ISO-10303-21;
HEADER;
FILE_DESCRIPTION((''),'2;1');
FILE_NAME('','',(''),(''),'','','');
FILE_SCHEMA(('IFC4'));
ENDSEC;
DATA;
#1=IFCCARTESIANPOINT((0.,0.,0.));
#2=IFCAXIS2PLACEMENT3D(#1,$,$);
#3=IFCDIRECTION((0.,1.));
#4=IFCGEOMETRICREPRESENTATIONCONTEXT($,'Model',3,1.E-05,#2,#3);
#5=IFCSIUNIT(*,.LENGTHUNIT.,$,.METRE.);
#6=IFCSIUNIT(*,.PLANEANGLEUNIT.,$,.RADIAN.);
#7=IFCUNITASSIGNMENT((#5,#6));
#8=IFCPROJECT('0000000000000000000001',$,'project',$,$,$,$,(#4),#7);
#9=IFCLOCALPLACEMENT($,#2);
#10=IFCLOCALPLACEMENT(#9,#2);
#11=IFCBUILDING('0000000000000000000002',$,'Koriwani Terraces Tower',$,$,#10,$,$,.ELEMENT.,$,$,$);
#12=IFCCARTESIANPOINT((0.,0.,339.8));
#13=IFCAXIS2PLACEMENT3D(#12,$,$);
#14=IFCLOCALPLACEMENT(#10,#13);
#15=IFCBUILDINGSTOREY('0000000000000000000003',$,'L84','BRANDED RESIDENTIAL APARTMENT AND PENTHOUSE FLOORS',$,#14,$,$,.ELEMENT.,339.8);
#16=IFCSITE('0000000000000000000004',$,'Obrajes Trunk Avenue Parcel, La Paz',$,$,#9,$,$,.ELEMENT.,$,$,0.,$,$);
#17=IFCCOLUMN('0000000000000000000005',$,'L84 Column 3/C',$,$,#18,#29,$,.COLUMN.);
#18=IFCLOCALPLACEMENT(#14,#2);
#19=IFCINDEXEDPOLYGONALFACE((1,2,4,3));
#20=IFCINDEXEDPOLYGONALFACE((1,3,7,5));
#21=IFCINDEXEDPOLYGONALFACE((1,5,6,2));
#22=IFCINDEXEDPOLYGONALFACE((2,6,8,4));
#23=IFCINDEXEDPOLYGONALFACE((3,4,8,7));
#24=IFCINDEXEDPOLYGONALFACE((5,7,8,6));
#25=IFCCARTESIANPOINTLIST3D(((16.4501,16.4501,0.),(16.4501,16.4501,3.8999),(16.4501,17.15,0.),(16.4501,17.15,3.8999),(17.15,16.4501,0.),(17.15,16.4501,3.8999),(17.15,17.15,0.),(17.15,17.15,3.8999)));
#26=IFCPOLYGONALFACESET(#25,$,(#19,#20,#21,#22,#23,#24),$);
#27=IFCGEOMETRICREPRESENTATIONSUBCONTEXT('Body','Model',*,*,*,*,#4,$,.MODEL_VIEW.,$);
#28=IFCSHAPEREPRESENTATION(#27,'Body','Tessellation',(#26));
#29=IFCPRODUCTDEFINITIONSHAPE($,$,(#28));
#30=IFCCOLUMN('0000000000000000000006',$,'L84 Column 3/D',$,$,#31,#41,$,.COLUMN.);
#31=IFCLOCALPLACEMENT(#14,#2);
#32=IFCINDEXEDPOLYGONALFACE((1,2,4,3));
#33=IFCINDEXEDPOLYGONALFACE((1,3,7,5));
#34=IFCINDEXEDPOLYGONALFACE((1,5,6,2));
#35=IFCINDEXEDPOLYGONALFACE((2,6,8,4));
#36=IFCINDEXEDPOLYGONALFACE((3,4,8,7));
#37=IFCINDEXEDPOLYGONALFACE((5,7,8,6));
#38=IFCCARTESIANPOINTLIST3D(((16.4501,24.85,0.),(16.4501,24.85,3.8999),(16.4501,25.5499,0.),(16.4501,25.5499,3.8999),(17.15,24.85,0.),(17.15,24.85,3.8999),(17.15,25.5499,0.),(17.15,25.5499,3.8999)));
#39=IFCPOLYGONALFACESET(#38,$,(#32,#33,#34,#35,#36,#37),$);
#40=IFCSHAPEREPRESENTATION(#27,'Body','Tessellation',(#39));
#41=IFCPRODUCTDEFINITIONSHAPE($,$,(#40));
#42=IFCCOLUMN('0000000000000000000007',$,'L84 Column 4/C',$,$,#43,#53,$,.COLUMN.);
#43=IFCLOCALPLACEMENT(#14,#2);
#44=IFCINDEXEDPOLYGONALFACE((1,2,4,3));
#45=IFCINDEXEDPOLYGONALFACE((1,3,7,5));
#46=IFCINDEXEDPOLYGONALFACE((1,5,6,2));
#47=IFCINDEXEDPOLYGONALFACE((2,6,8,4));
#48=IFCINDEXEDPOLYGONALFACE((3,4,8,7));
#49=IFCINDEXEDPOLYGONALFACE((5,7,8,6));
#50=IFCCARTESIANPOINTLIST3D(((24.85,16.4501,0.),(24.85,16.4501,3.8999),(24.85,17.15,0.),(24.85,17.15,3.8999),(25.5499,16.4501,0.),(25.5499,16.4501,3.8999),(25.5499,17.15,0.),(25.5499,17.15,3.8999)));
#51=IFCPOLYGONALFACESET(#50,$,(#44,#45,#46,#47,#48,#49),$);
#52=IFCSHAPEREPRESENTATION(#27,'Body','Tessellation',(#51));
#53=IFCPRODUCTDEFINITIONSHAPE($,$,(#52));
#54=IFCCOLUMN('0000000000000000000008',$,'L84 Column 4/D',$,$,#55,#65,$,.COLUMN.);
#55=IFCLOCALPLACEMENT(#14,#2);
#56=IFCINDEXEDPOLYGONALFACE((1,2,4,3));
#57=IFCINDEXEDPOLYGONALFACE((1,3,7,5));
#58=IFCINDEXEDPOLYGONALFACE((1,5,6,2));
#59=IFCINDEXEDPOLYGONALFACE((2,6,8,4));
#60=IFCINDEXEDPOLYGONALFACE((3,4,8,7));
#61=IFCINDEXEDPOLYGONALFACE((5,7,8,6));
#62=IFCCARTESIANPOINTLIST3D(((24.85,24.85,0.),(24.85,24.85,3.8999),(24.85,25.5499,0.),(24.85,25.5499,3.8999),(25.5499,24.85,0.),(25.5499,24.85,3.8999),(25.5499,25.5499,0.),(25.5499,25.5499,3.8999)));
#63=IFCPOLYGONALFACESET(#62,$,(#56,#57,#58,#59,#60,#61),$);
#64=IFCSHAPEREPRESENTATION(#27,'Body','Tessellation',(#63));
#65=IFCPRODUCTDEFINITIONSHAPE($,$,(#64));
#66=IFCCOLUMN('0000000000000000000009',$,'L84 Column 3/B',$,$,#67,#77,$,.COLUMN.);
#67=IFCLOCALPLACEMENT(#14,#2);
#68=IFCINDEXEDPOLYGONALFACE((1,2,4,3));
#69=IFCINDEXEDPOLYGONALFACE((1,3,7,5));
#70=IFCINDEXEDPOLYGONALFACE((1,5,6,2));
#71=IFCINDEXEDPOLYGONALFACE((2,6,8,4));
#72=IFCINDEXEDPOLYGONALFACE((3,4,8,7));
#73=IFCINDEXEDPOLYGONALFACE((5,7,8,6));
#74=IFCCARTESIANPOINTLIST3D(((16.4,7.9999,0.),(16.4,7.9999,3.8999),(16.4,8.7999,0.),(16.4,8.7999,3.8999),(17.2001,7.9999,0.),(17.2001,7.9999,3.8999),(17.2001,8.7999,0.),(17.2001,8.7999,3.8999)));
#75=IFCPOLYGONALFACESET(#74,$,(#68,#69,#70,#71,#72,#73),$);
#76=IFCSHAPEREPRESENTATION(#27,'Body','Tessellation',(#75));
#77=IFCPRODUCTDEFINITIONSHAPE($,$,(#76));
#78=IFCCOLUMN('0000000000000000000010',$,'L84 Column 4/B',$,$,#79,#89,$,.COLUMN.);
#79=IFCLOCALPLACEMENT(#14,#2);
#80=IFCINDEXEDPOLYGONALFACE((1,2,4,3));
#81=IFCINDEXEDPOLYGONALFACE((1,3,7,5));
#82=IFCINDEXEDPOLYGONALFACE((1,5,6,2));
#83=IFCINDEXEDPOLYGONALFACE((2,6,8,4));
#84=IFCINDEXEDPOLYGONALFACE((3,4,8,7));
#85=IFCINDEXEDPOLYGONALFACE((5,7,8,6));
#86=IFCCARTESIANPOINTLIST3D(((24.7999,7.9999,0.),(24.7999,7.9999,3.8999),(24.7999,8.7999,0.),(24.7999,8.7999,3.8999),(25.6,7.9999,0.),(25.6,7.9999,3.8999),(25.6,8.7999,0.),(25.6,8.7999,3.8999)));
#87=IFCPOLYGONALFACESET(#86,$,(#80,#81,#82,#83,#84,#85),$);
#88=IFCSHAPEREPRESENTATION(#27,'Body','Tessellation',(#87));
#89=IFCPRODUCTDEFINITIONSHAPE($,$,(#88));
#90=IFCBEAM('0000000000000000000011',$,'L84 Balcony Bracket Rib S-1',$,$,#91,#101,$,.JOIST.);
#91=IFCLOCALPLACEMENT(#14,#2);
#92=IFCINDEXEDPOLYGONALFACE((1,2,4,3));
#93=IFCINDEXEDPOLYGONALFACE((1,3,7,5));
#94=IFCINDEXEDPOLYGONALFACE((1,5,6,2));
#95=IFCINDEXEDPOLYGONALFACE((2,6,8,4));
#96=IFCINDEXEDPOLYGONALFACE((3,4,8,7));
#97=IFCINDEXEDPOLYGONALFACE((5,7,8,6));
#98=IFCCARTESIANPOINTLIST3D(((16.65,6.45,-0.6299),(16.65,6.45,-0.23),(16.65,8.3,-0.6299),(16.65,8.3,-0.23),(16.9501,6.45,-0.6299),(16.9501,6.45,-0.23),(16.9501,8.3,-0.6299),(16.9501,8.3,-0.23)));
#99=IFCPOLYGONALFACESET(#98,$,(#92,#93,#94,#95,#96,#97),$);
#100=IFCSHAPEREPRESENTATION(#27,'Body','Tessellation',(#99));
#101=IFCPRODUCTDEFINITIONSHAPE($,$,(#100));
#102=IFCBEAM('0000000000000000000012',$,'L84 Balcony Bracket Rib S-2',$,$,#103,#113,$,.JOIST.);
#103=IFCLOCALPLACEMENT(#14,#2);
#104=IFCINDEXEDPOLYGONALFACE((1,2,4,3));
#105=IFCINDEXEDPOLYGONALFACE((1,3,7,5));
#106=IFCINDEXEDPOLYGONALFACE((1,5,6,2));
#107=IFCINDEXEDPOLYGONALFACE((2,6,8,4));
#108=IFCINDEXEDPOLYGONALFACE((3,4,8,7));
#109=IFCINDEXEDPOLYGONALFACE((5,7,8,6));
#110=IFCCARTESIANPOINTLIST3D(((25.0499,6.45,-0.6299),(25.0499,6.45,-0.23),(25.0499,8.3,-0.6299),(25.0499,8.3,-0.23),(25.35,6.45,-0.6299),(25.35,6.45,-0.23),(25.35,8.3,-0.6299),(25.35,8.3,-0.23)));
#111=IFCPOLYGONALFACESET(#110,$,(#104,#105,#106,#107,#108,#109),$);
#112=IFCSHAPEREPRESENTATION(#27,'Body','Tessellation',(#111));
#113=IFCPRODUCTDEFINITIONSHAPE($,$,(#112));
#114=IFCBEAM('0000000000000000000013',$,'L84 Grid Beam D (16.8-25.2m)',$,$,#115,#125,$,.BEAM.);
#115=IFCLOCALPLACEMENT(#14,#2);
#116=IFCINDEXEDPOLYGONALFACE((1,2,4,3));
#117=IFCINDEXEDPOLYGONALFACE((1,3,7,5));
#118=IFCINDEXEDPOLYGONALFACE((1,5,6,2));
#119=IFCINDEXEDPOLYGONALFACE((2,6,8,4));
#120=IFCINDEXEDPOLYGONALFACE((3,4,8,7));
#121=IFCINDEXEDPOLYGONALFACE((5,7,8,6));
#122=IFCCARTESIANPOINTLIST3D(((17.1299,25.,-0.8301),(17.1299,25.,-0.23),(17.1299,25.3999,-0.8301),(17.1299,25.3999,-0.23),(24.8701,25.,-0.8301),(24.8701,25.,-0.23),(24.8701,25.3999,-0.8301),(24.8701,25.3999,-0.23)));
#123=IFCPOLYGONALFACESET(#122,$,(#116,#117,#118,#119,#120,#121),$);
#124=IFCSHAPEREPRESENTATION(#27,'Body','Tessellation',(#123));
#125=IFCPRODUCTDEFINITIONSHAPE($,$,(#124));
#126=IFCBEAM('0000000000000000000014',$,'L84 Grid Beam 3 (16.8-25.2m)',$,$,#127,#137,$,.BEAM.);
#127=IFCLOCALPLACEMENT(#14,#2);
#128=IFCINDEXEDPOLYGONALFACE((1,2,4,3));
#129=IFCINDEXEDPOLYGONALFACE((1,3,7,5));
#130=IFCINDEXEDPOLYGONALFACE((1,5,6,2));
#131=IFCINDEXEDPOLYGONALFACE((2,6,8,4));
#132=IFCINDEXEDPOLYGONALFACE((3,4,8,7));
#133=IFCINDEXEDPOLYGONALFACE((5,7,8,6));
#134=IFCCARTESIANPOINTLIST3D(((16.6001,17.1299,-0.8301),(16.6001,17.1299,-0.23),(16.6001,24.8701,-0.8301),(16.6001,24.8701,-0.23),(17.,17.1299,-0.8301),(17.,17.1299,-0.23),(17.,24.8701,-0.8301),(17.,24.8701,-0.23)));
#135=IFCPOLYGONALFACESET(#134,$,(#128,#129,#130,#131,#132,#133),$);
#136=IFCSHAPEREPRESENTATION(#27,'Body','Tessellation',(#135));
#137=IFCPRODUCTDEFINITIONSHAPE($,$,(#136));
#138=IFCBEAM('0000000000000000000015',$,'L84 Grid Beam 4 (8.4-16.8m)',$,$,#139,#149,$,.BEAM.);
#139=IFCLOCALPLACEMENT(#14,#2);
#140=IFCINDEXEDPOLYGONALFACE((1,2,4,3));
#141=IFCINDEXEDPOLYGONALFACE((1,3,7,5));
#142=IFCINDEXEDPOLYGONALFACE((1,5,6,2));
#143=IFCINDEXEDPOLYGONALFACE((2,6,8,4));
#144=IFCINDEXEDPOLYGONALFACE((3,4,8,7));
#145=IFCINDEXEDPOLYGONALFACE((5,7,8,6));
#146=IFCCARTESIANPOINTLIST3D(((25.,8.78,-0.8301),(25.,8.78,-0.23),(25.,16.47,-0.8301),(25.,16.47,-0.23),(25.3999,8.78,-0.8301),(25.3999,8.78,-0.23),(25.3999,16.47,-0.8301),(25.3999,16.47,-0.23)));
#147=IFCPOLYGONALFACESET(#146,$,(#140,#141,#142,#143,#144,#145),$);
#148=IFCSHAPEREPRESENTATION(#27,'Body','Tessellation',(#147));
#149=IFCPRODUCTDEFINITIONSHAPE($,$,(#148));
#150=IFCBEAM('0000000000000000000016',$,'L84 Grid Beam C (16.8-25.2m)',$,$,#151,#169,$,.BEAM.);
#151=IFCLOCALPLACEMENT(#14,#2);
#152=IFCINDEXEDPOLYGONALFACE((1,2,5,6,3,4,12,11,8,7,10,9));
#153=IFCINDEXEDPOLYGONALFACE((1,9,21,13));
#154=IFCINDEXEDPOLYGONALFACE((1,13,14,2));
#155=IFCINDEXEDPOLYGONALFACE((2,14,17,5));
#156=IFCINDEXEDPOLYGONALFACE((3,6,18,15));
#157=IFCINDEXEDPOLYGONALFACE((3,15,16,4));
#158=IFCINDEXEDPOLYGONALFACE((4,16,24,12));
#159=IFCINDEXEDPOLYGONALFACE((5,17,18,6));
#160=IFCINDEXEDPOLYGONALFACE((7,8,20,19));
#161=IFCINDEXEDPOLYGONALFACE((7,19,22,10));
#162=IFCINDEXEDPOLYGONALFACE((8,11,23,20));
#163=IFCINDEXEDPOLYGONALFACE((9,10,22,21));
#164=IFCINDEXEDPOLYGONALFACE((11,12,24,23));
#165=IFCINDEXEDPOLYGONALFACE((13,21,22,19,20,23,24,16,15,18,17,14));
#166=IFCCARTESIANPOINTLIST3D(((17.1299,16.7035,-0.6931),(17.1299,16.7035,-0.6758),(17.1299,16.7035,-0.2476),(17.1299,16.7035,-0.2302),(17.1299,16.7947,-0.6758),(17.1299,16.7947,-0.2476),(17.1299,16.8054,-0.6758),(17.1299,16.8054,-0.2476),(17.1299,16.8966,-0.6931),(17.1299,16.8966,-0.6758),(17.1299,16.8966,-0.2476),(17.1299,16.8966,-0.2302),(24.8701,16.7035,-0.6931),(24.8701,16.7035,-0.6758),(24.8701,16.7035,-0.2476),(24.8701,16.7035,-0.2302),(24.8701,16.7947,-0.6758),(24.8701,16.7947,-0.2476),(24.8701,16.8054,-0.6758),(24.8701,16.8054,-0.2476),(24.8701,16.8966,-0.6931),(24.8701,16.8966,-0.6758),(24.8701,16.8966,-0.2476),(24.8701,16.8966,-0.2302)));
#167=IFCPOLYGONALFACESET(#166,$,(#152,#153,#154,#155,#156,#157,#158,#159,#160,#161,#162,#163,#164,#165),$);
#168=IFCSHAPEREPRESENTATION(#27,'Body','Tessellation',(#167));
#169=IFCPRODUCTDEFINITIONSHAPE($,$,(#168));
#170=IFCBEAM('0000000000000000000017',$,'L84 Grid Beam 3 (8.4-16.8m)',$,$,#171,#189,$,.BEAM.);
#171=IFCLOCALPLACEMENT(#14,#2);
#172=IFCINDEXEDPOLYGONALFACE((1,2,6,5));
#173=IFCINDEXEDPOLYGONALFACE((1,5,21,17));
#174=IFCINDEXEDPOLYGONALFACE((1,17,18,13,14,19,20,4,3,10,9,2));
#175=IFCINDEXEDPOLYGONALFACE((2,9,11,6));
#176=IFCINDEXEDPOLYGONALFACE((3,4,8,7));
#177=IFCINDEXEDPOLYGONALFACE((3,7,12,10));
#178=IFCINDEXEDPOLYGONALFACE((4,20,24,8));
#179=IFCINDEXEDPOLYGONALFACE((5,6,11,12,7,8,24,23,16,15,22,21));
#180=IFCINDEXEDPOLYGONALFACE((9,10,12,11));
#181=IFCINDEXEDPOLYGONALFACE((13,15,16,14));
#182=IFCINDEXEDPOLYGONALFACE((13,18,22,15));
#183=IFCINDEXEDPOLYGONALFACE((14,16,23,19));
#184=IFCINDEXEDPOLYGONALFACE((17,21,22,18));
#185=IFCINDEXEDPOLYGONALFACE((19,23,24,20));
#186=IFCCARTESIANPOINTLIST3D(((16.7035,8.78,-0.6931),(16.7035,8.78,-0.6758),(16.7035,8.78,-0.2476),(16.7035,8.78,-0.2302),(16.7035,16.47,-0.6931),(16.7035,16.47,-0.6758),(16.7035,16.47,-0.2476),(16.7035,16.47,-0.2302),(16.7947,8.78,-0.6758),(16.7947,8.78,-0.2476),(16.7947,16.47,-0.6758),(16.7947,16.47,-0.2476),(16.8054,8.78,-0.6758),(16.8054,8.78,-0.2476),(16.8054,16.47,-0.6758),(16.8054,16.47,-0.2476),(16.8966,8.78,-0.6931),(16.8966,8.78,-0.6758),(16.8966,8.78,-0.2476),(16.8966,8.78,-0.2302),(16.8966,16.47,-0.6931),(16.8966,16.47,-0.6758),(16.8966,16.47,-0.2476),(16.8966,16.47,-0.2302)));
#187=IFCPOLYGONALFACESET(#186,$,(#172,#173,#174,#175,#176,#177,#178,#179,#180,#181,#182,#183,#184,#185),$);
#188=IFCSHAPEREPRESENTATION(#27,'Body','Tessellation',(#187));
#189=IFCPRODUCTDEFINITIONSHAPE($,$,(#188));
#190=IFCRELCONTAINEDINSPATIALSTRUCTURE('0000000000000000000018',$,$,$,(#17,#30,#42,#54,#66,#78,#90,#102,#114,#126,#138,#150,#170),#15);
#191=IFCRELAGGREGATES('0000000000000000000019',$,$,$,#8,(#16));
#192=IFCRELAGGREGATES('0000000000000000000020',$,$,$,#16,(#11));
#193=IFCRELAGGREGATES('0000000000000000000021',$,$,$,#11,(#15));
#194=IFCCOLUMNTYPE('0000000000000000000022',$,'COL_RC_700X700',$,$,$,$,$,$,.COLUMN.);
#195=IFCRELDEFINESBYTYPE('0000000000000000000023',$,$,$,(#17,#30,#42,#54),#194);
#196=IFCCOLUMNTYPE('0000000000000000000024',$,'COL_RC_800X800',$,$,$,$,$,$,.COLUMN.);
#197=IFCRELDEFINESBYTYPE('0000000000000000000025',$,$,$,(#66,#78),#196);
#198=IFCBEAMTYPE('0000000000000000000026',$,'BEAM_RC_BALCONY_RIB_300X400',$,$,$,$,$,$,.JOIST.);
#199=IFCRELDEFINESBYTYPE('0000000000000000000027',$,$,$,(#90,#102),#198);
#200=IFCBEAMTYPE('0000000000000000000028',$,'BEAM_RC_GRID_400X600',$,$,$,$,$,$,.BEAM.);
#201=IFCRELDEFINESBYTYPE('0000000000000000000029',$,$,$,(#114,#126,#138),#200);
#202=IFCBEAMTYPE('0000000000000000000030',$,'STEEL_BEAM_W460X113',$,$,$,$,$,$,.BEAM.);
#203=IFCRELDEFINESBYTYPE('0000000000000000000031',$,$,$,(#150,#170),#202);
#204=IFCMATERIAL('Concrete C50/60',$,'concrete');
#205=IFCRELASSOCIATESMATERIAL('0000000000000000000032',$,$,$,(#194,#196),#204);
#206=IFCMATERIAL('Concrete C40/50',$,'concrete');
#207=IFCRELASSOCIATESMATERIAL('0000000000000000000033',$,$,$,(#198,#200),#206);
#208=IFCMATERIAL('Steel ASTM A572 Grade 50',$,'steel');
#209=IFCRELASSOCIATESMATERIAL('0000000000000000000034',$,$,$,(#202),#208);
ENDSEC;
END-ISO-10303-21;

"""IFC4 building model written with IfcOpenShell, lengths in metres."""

from ifc_helpers import new_model, si_unit, direction, frame, origin, origin_2d, place, context, subcontext, project, spatial, rectangle, i_section, extrude, material, material_profile, profile_set, type_object, element, save


model = new_model("IFC4")

# Units and contexts
model_context = context("Model", 3, precision=1e-05, world=origin(), true_north=direction((0.0, 1.0)))
body_context = subcontext(model_context, "Body", "Model", "MODEL_VIEW")
ifc_project = project(units=[si_unit("LENGTHUNIT", "METRE"), si_unit("PLANEANGLEUNIT", "RADIAN")], contexts=[model_context])

# Site, building, storey
site_placement = place(None, origin())
site = spatial("IfcSite", under=ifc_project, at=site_placement, Name="Obrajes Trunk Avenue Parcel, La Paz", CompositionType="ELEMENT", RefElevation=0.0)
building_placement = place(site_placement, origin())
building = spatial("IfcBuilding", under=site, at=building_placement, Name="Koriwani Terraces Tower", CompositionType="ELEMENT")
storey_placement = place(building_placement, frame((0.0, 0.0, 339.8)))
storey = spatial("IfcBuildingStorey", under=building, at=storey_placement, Name="L84", Description="BRANDED RESIDENTIAL APARTMENT AND PENTHOUSE FLOORS", CompositionType="ELEMENT", Elevation=339.8)

# Columns
ifc_material_1 = material(Name="Concrete C50/60", Category="concrete")
ifc_material_profile_1 = material_profile(ifc_material_1, rectangle(XDim=0.7, YDim=0.7, at=origin_2d()), Name="Concrete C50/60", Category="LoadBearing")
ifc_profile_set_1 = profile_set([ifc_material_profile_1], Name="Concrete C50/60")
column_type_1 = type_object("IfcColumnType", Name="COL_RC_700X700", PredefinedType="COLUMN", material=ifc_profile_set_1)
for number, where, z_axis, x_axis, name in (
    (1, (16.8, 16.8, 0.0), (0.0, 0.0, 1.0), (1.0, 0.0, 0.0), "L84 Column 3/C"),
    (2, (16.8, 25.2, 0.0), (0.0, 0.0, 1.0), (1.0, 0.0, 0.0), "L84 Column 3/D"),
    (3, (25.2, 16.8, 0.0), (0.0, 0.0, 1.0), (1.0, 0.0, 0.0), "L84 Column 4/C"),
    (4, (25.2, 25.2, 0.0), (0.0, 0.0, 1.0), (1.0, 0.0, 0.0), "L84 Column 4/D"),
):
    element("IfcColumn", number, at=place(storey_placement, frame(where, z_axis=z_axis, x_axis=x_axis)), inside=storey, type_object=column_type_1, Name=name, PredefinedType="COLUMN", context=body_context, shape_type="SweptSolid", body=[
        extrude(rectangle(XDim=0.7, YDim=0.7, at=origin_2d()), origin(), (0.0, 0.0, 1.0), 3.8999),
    ])
ifc_material_profile_2 = material_profile(ifc_material_1, rectangle(XDim=0.8, YDim=0.8, at=origin_2d()), Name="Concrete C50/60", Category="LoadBearing")
ifc_profile_set_2 = profile_set([ifc_material_profile_2], Name="Concrete C50/60")
column_type_2 = type_object("IfcColumnType", Name="COL_RC_800X800", PredefinedType="COLUMN", material=ifc_profile_set_2)
for number, where, z_axis, x_axis, name in (
    (5, (16.8, 8.3999, 0.0), (0.0, 0.0, 1.0), (1.0, 0.0, 0.0), "L84 Column 3/B"),
    (6, (25.2, 8.3999, 0.0), (0.0, 0.0, 1.0), (1.0, 0.0, 0.0), "L84 Column 4/B"),
):
    element("IfcColumn", number, at=place(storey_placement, frame(where, z_axis=z_axis, x_axis=x_axis)), inside=storey, type_object=column_type_2, Name=name, PredefinedType="COLUMN", context=body_context, shape_type="SweptSolid", body=[
        extrude(rectangle(XDim=0.8, YDim=0.8, at=origin_2d()), origin(), (0.0, 0.0, 1.0), 3.8999),
    ])

# Beams
ifc_material_2 = material(Name="Concrete C40/50", Category="concrete")
ifc_material_profile_3 = material_profile(ifc_material_2, rectangle(XDim=0.3, YDim=0.3999, at=origin_2d()), Name="Concrete C40/50", Category="LoadBearing")
ifc_profile_set_3 = profile_set([ifc_material_profile_3], Name="Concrete C40/50")
beam_type_1 = type_object("IfcBeamType", Name="BEAM_RC_BALCONY_RIB_300X400", PredefinedType="JOIST", material=ifc_profile_set_3)
for number, where, z_axis, x_axis, name in (
    (7, (16.8, 6.45, -0.4299), (0.0, 1.0, 0.0), (-1.0, 0.0, 0.0), "L84 Balcony Bracket Rib S-1"),
    (8, (25.2, 6.45, -0.4299), (0.0, 1.0, 0.0), (-1.0, 0.0, 0.0), "L84 Balcony Bracket Rib S-2"),
):
    element("IfcBeam", number, at=place(storey_placement, frame(where, z_axis=z_axis, x_axis=x_axis)), inside=storey, type_object=beam_type_1, Name=name, PredefinedType="JOIST", context=body_context, shape_type="SweptSolid", body=[
        extrude(rectangle(XDim=0.3, YDim=0.3999, at=origin_2d()), origin(), (0.0, 0.0, 1.0), 1.8501),
    ])
ifc_material_profile_4 = material_profile(ifc_material_2, rectangle(XDim=0.3999, YDim=0.6001, at=origin_2d()), Name="Concrete C40/50", Category="LoadBearing")
ifc_profile_set_4 = profile_set([ifc_material_profile_4], Name="Concrete C40/50")
beam_type_2 = type_object("IfcBeamType", Name="BEAM_RC_GRID_400X600", PredefinedType="BEAM", material=ifc_profile_set_4)
for number, where, z_axis, x_axis, name in (
    (9, (17.1299, 25.2, -0.53), (1.0, 0.0, 0.0), (0.0, 1.0, 0.0), "L84 Grid Beam D (16.8-25.2m)"),
    (10, (16.8, 17.1299, -0.53), (0.0, 1.0, 0.0), (-1.0, 0.0, 0.0), "L84 Grid Beam 3 (16.8-25.2m)"),
):
    element("IfcBeam", number, at=place(storey_placement, frame(where, z_axis=z_axis, x_axis=x_axis)), inside=storey, type_object=beam_type_2, Name=name, PredefinedType="BEAM", context=body_context, shape_type="SweptSolid", body=[
        extrude(rectangle(XDim=0.3999, YDim=0.6001, at=origin_2d()), origin(), (0.0, 0.0, 1.0), 7.7402),
    ])
beam_1_placement = place(storey_placement, frame((25.2, 8.78, -0.53), z_axis=(0.0, 1.0, 0.0), x_axis=(-1.0, 0.0, 0.0)))
element("IfcBeam", 11, at=beam_1_placement, inside=storey, type_object=beam_type_2, Name="L84 Grid Beam 4 (8.4-16.8m)", PredefinedType="BEAM", context=body_context, shape_type="SweptSolid", body=[
    extrude(rectangle(XDim=0.3999, YDim=0.6001, at=origin_2d()), origin(), (0.0, 0.0, 1.0), 7.6899),
])
ifc_material_3 = material(Name="Steel ASTM A572 Grade 50", Category="steel")
ifc_material_profile_5 = material_profile(ifc_material_3, i_section(OverallWidth=0.1931, OverallDepth=0.4629, WebThickness=0.0107, FlangeThickness=0.0173, at=origin_2d()), Name="Steel ASTM A572 Grade 50", Category="LoadBearing")
ifc_profile_set_5 = profile_set([ifc_material_profile_5], Name="Steel ASTM A572 Grade 50")
beam_type_3 = type_object("IfcBeamType", Name="STEEL_BEAM_W460X113", PredefinedType="BEAM", material=ifc_profile_set_5)
beam_2_placement = place(storey_placement, frame((17.1299, 16.8, -0.4617), z_axis=(1.0, 0.0, 0.0), x_axis=(0.0, 1.0, 0.0)))
element("IfcBeam", 12, at=beam_2_placement, inside=storey, type_object=beam_type_3, Name="L84 Grid Beam C (16.8-25.2m)", PredefinedType="BEAM", context=body_context, shape_type="SweptSolid", body=[
    extrude(i_section(OverallWidth=0.1931, OverallDepth=0.4629, WebThickness=0.0107, FlangeThickness=0.0173, at=origin_2d()), origin(), (0.0, 0.0, 1.0), 7.7402),
])
beam_3_placement = place(storey_placement, frame((16.8, 8.78, -0.4617), z_axis=(0.0, 1.0, 0.0), x_axis=(-1.0, 0.0, 0.0)))
element("IfcBeam", 13, at=beam_3_placement, inside=storey, type_object=beam_type_3, Name="L84 Grid Beam 3 (8.4-16.8m)", PredefinedType="BEAM", context=body_context, shape_type="SweptSolid", body=[
    extrude(i_section(OverallWidth=0.1931, OverallDepth=0.4629, WebThickness=0.0107, FlangeThickness=0.0173, at=origin_2d()), origin(), (0.0, 0.0, 1.0), 7.6899),
])

save(model, "model.ifc")
